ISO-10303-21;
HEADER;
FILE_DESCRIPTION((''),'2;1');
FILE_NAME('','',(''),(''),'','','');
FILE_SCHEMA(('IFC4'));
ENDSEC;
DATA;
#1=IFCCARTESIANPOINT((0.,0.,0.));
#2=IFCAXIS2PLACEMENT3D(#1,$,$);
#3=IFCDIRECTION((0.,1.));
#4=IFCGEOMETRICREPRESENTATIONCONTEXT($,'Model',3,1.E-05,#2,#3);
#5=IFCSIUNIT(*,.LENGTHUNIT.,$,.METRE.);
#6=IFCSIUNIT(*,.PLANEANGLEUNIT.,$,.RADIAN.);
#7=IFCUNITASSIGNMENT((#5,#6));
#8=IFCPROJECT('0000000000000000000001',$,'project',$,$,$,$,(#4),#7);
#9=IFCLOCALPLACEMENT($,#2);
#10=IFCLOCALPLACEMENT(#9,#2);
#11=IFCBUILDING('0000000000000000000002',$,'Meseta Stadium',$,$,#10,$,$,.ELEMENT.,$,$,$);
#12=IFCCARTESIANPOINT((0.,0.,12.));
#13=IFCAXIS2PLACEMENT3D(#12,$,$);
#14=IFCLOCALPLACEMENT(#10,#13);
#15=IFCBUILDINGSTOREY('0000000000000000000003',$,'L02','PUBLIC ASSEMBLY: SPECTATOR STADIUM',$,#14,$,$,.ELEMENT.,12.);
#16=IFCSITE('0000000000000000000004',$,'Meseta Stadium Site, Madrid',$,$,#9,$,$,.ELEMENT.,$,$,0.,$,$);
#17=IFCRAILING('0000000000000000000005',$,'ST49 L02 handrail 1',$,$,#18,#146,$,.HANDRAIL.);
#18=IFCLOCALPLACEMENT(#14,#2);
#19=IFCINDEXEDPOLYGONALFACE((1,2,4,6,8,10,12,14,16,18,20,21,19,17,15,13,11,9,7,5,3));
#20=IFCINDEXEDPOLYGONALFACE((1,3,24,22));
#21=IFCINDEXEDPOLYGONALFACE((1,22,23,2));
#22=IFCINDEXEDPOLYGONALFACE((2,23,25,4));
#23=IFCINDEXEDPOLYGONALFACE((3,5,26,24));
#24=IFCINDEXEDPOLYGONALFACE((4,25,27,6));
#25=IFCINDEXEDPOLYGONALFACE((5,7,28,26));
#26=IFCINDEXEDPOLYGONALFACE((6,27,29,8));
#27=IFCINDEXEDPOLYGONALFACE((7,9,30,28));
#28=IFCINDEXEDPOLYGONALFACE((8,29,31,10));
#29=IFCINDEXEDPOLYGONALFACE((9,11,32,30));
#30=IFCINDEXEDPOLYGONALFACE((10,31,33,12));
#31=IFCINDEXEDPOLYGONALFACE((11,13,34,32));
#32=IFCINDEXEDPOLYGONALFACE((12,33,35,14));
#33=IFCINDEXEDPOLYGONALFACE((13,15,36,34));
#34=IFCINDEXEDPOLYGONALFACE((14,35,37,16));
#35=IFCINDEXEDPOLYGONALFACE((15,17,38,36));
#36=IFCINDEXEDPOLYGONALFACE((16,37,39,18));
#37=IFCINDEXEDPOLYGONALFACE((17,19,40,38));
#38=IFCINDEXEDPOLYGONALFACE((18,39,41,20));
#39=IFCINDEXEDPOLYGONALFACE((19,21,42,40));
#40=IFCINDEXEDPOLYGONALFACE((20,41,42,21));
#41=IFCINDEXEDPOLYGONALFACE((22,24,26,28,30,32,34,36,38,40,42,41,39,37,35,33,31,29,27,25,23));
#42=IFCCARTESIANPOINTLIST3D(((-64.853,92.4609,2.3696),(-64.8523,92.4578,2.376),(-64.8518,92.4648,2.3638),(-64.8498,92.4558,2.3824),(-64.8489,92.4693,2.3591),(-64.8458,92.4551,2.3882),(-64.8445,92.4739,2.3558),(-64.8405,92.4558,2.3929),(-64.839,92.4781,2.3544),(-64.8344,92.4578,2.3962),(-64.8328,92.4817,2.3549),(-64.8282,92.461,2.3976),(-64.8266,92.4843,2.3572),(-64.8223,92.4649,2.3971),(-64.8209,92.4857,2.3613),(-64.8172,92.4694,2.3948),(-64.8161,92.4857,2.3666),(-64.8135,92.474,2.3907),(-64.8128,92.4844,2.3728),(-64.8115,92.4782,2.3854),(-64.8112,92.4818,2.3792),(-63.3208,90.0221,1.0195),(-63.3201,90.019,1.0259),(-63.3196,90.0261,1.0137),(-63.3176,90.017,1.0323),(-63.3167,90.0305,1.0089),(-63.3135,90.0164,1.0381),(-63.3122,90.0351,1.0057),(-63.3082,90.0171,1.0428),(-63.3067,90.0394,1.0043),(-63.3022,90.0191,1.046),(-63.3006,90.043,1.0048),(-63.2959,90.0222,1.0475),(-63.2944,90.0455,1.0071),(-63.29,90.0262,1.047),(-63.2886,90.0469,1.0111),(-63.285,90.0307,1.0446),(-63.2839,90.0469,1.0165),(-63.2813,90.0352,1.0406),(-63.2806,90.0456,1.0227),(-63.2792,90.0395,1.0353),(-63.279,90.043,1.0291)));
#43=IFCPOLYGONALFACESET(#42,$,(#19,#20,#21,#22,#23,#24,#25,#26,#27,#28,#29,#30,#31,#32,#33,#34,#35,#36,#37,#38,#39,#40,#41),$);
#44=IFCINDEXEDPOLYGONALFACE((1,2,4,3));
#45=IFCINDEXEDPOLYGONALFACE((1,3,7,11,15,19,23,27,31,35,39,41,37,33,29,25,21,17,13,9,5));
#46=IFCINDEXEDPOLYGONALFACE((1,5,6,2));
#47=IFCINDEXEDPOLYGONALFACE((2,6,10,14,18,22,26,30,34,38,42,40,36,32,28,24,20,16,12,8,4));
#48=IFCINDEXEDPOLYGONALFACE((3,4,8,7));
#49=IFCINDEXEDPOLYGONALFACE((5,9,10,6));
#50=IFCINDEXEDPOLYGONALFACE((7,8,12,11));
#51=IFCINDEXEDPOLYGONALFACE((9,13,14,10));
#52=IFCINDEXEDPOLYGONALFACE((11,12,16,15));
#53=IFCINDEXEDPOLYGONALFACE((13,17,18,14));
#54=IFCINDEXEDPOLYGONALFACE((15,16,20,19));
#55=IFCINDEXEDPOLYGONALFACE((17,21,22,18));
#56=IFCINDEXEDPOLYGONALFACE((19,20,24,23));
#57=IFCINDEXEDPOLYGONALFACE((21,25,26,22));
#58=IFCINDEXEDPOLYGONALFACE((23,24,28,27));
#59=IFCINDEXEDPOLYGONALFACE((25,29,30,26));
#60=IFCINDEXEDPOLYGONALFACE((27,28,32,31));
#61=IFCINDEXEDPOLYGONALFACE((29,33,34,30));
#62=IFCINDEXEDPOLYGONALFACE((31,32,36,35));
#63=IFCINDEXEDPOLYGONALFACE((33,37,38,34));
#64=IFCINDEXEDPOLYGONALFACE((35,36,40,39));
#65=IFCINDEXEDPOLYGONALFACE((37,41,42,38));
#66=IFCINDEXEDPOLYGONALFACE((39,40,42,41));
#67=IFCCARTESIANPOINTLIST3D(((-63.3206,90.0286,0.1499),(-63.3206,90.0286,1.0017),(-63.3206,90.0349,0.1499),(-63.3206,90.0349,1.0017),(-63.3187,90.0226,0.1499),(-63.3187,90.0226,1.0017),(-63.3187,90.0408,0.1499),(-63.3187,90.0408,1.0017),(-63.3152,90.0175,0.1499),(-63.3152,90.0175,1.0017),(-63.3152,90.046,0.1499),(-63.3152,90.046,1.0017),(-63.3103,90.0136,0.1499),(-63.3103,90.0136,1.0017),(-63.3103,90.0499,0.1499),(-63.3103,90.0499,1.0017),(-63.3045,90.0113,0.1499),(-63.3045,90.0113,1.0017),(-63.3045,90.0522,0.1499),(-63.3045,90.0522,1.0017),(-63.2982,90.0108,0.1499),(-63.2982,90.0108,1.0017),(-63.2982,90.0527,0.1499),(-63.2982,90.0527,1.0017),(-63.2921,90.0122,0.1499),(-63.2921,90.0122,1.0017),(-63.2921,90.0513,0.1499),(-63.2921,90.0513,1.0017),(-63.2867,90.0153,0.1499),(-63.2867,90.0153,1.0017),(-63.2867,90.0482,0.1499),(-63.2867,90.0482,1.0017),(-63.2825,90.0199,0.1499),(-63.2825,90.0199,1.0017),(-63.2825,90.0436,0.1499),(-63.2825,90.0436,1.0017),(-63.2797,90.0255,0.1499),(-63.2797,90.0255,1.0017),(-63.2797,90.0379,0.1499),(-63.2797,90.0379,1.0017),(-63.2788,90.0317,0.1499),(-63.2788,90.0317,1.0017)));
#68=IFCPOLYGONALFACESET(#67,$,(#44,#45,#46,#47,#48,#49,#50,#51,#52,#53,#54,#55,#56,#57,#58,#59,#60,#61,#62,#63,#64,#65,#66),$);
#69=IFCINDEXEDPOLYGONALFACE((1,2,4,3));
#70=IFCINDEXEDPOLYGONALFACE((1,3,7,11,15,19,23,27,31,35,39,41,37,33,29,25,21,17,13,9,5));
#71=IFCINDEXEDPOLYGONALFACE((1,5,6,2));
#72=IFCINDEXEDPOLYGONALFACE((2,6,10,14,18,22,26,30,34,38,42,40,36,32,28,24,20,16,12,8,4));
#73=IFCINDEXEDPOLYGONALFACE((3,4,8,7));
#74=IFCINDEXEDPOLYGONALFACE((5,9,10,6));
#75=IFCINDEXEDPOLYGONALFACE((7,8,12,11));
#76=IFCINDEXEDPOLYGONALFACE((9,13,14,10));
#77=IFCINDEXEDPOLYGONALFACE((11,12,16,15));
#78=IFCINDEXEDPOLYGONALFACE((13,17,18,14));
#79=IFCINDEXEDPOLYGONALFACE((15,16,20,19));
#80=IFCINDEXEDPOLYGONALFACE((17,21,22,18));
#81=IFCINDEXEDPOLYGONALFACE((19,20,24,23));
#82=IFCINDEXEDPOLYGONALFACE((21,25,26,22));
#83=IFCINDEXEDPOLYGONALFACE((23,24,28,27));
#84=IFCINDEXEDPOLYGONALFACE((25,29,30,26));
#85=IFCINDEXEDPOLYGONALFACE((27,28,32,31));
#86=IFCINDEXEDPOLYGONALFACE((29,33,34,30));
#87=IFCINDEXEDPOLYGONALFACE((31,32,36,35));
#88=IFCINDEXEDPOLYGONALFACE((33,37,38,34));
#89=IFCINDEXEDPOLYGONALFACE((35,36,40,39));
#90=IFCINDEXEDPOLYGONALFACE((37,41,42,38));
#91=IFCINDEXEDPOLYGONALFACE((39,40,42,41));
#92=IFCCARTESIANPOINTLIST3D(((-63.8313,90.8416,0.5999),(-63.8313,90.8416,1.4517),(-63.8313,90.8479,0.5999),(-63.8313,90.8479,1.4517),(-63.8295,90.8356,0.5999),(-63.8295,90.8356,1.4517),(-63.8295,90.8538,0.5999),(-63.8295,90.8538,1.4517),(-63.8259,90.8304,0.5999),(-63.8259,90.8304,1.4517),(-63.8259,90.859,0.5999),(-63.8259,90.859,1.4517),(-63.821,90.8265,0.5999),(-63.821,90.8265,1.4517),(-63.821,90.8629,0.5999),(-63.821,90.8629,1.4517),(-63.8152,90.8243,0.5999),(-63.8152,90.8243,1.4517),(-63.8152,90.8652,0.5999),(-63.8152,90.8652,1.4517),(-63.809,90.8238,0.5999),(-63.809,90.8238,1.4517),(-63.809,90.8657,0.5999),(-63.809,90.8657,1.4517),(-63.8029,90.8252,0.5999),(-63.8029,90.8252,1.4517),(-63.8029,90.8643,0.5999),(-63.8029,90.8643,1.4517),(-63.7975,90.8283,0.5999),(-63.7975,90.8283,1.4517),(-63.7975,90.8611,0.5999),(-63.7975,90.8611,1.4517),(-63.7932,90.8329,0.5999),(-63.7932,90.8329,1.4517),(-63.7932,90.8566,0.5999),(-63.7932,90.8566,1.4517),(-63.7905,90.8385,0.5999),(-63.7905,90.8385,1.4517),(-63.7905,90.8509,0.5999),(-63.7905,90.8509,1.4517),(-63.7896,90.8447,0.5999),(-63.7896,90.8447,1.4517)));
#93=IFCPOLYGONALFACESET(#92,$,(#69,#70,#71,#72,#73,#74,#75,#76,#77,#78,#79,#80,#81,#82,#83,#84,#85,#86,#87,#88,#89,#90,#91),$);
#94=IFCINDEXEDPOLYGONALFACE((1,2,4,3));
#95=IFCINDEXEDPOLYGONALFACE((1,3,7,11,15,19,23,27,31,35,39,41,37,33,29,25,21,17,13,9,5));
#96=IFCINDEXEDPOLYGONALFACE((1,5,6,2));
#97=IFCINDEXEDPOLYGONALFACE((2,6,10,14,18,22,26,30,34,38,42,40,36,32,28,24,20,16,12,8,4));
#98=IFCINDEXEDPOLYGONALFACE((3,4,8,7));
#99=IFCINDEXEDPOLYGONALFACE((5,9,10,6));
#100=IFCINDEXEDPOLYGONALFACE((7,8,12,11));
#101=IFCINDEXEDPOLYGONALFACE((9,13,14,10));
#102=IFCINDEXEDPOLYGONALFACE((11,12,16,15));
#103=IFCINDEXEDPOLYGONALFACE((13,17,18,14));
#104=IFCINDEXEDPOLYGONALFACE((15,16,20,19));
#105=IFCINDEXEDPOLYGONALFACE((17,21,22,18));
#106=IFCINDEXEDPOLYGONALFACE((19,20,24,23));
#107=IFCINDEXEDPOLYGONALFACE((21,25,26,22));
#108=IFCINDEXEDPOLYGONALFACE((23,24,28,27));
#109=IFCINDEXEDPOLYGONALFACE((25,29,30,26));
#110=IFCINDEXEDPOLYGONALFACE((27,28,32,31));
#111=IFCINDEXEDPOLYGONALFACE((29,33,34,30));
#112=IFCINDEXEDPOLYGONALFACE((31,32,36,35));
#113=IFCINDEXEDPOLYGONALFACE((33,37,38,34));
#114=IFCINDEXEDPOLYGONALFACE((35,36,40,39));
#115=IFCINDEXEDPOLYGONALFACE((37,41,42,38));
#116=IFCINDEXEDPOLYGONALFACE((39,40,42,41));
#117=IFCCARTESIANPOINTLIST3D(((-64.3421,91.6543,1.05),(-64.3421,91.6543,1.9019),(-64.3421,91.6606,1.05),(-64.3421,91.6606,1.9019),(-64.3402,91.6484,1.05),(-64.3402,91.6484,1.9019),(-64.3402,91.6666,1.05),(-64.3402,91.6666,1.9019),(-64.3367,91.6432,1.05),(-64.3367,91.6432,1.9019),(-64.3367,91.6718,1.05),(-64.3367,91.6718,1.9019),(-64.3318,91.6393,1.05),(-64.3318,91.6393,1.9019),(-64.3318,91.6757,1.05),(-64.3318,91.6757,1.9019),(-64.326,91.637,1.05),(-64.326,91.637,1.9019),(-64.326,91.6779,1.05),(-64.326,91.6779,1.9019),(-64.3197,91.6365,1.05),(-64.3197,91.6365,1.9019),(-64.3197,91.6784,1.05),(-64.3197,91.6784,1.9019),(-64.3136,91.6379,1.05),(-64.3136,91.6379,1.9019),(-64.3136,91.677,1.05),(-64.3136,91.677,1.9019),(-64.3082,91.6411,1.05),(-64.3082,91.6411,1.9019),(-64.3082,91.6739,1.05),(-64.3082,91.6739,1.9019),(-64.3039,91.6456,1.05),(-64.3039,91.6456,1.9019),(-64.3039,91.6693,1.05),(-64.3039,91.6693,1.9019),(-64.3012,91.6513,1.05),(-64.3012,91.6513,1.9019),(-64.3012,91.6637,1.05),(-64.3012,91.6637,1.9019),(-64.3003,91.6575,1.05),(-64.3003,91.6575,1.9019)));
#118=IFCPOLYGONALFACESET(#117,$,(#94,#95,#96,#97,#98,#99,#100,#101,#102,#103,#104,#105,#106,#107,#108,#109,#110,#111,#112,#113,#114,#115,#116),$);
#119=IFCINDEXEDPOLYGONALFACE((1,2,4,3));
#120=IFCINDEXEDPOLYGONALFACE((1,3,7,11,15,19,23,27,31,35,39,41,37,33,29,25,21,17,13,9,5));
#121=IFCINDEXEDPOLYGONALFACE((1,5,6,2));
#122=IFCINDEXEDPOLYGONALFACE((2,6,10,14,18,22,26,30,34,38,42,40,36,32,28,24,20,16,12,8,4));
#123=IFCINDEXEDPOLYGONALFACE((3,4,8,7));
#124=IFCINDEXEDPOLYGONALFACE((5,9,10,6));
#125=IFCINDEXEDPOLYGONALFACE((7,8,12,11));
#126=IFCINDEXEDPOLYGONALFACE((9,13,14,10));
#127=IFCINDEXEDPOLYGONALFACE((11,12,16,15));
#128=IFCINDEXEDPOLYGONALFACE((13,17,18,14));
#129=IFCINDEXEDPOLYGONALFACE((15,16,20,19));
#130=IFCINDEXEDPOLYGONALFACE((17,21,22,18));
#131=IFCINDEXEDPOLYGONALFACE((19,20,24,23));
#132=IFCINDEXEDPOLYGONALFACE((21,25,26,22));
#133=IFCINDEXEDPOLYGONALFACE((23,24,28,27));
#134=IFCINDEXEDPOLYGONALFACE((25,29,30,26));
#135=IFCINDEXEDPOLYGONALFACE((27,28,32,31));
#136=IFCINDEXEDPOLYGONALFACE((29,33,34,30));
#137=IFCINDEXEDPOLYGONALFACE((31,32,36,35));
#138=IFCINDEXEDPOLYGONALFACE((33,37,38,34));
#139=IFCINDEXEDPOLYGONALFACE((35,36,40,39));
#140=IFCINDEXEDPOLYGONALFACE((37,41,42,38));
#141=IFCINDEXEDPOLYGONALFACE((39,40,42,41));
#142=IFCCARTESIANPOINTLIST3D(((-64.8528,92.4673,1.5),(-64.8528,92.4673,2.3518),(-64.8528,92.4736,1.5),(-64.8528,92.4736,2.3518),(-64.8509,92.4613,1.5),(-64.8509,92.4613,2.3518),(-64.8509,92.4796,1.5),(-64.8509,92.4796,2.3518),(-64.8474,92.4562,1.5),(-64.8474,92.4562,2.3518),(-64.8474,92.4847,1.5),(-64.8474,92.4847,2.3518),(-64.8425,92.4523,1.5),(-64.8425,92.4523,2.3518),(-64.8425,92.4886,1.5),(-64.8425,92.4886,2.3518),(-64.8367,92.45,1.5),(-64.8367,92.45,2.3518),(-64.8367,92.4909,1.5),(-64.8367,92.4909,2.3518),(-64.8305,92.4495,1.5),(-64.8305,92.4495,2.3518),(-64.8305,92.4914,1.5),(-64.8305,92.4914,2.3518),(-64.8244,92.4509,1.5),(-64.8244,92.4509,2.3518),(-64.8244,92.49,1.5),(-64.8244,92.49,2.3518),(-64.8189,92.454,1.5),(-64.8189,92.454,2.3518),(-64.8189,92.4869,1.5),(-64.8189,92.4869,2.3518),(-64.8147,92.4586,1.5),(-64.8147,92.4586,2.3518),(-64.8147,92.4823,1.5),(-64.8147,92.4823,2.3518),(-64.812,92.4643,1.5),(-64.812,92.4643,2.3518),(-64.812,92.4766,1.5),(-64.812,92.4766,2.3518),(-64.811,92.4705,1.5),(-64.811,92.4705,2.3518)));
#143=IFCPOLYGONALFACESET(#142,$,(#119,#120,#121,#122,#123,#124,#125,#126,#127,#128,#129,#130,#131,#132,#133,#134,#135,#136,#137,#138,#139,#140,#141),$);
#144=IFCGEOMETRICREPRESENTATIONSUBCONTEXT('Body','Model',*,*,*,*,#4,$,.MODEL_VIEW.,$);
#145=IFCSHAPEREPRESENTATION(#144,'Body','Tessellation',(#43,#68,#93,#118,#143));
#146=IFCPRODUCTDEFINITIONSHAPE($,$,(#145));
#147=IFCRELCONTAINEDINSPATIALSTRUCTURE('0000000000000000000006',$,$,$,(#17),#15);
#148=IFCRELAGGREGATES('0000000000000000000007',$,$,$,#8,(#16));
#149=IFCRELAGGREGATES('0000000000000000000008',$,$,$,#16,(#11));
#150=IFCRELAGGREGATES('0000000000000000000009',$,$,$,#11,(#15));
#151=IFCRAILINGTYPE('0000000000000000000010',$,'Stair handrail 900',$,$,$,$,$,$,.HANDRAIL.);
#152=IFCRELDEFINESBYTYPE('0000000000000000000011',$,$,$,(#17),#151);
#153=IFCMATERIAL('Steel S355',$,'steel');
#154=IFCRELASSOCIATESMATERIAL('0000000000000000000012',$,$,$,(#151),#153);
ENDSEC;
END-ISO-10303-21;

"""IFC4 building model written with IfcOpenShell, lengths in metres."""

from ifc_helpers import new_model, si_unit, direction, frame, origin, origin_2d, place, context, subcontext, project, spatial, circle, extrude, material, type_object, element, save


model = new_model("IFC4")

# Units and contexts
model_context = context("Model", 3, precision=1e-05, world=origin(), true_north=direction((0.0, 1.0)))
body_context = subcontext(model_context, "Body", "Model", "MODEL_VIEW")
ifc_project = project(units=[si_unit("LENGTHUNIT", "METRE"), si_unit("PLANEANGLEUNIT", "RADIAN")], contexts=[model_context])

# Site, building, storey
site_placement = place(None, origin())
site = spatial("IfcSite", under=ifc_project, at=site_placement, Name="Meseta Stadium Site, Madrid", CompositionType="ELEMENT", RefElevation=0.0)
building_placement = place(site_placement, origin())
building = spatial("IfcBuilding", under=site, at=building_placement, Name="Meseta Stadium", CompositionType="ELEMENT")
storey_placement = place(building_placement, frame((0.0, 0.0, 12.0)))
storey = spatial("IfcBuildingStorey", under=building, at=storey_placement, Name="L02", Description="PUBLIC ASSEMBLY: SPECTATOR STADIUM", CompositionType="ELEMENT", Elevation=12.0)

# Railing
ifc_material_1 = material(Name="Steel S355", Category="steel")
railing_type_1 = type_object("IfcRailingType", Name="Stair handrail 900", PredefinedType="HANDRAIL", material=ifc_material_1)
railing_1_placement = place(storey_placement, frame((-63.2998, 90.0317, 0.1499)))
element("IfcRailing", 1, at=railing_1_placement, inside=storey, type_object=railing_type_1, Name="ST49 L02 handrail 1", PredefinedType="HANDRAIL", context=body_context, shape_type="SweptSolid", body=[
    extrude(circle(Radius=0.0239, at=origin_2d()), frame((0.0, 0.0, 0.876), z_axis=(-0.481703, 0.766687, 0.424445), x_axis=(-0.846743, -0.532001, 0.0)), (0.0, 0.0, 1.0), 3.1809),
    extrude(circle(Radius=0.021, at=origin_2d()), origin(), (0.0, 0.0, 1.0), 0.8518),
    extrude(circle(Radius=0.021, at=origin_2d()), frame((-0.5107, 0.813, 0.45)), (0.0, 0.0, 1.0), 0.8518),
    extrude(circle(Radius=0.021, at=origin_2d()), frame((-1.0215, 1.6257, 0.9001)), (0.0, 0.0, 1.0), 0.8518),
    extrude(circle(Radius=0.021, at=origin_2d()), frame((-1.5322, 2.4387, 1.3501)), (0.0, 0.0, 1.0), 0.8518),
])

save(model, "model.ifc")
